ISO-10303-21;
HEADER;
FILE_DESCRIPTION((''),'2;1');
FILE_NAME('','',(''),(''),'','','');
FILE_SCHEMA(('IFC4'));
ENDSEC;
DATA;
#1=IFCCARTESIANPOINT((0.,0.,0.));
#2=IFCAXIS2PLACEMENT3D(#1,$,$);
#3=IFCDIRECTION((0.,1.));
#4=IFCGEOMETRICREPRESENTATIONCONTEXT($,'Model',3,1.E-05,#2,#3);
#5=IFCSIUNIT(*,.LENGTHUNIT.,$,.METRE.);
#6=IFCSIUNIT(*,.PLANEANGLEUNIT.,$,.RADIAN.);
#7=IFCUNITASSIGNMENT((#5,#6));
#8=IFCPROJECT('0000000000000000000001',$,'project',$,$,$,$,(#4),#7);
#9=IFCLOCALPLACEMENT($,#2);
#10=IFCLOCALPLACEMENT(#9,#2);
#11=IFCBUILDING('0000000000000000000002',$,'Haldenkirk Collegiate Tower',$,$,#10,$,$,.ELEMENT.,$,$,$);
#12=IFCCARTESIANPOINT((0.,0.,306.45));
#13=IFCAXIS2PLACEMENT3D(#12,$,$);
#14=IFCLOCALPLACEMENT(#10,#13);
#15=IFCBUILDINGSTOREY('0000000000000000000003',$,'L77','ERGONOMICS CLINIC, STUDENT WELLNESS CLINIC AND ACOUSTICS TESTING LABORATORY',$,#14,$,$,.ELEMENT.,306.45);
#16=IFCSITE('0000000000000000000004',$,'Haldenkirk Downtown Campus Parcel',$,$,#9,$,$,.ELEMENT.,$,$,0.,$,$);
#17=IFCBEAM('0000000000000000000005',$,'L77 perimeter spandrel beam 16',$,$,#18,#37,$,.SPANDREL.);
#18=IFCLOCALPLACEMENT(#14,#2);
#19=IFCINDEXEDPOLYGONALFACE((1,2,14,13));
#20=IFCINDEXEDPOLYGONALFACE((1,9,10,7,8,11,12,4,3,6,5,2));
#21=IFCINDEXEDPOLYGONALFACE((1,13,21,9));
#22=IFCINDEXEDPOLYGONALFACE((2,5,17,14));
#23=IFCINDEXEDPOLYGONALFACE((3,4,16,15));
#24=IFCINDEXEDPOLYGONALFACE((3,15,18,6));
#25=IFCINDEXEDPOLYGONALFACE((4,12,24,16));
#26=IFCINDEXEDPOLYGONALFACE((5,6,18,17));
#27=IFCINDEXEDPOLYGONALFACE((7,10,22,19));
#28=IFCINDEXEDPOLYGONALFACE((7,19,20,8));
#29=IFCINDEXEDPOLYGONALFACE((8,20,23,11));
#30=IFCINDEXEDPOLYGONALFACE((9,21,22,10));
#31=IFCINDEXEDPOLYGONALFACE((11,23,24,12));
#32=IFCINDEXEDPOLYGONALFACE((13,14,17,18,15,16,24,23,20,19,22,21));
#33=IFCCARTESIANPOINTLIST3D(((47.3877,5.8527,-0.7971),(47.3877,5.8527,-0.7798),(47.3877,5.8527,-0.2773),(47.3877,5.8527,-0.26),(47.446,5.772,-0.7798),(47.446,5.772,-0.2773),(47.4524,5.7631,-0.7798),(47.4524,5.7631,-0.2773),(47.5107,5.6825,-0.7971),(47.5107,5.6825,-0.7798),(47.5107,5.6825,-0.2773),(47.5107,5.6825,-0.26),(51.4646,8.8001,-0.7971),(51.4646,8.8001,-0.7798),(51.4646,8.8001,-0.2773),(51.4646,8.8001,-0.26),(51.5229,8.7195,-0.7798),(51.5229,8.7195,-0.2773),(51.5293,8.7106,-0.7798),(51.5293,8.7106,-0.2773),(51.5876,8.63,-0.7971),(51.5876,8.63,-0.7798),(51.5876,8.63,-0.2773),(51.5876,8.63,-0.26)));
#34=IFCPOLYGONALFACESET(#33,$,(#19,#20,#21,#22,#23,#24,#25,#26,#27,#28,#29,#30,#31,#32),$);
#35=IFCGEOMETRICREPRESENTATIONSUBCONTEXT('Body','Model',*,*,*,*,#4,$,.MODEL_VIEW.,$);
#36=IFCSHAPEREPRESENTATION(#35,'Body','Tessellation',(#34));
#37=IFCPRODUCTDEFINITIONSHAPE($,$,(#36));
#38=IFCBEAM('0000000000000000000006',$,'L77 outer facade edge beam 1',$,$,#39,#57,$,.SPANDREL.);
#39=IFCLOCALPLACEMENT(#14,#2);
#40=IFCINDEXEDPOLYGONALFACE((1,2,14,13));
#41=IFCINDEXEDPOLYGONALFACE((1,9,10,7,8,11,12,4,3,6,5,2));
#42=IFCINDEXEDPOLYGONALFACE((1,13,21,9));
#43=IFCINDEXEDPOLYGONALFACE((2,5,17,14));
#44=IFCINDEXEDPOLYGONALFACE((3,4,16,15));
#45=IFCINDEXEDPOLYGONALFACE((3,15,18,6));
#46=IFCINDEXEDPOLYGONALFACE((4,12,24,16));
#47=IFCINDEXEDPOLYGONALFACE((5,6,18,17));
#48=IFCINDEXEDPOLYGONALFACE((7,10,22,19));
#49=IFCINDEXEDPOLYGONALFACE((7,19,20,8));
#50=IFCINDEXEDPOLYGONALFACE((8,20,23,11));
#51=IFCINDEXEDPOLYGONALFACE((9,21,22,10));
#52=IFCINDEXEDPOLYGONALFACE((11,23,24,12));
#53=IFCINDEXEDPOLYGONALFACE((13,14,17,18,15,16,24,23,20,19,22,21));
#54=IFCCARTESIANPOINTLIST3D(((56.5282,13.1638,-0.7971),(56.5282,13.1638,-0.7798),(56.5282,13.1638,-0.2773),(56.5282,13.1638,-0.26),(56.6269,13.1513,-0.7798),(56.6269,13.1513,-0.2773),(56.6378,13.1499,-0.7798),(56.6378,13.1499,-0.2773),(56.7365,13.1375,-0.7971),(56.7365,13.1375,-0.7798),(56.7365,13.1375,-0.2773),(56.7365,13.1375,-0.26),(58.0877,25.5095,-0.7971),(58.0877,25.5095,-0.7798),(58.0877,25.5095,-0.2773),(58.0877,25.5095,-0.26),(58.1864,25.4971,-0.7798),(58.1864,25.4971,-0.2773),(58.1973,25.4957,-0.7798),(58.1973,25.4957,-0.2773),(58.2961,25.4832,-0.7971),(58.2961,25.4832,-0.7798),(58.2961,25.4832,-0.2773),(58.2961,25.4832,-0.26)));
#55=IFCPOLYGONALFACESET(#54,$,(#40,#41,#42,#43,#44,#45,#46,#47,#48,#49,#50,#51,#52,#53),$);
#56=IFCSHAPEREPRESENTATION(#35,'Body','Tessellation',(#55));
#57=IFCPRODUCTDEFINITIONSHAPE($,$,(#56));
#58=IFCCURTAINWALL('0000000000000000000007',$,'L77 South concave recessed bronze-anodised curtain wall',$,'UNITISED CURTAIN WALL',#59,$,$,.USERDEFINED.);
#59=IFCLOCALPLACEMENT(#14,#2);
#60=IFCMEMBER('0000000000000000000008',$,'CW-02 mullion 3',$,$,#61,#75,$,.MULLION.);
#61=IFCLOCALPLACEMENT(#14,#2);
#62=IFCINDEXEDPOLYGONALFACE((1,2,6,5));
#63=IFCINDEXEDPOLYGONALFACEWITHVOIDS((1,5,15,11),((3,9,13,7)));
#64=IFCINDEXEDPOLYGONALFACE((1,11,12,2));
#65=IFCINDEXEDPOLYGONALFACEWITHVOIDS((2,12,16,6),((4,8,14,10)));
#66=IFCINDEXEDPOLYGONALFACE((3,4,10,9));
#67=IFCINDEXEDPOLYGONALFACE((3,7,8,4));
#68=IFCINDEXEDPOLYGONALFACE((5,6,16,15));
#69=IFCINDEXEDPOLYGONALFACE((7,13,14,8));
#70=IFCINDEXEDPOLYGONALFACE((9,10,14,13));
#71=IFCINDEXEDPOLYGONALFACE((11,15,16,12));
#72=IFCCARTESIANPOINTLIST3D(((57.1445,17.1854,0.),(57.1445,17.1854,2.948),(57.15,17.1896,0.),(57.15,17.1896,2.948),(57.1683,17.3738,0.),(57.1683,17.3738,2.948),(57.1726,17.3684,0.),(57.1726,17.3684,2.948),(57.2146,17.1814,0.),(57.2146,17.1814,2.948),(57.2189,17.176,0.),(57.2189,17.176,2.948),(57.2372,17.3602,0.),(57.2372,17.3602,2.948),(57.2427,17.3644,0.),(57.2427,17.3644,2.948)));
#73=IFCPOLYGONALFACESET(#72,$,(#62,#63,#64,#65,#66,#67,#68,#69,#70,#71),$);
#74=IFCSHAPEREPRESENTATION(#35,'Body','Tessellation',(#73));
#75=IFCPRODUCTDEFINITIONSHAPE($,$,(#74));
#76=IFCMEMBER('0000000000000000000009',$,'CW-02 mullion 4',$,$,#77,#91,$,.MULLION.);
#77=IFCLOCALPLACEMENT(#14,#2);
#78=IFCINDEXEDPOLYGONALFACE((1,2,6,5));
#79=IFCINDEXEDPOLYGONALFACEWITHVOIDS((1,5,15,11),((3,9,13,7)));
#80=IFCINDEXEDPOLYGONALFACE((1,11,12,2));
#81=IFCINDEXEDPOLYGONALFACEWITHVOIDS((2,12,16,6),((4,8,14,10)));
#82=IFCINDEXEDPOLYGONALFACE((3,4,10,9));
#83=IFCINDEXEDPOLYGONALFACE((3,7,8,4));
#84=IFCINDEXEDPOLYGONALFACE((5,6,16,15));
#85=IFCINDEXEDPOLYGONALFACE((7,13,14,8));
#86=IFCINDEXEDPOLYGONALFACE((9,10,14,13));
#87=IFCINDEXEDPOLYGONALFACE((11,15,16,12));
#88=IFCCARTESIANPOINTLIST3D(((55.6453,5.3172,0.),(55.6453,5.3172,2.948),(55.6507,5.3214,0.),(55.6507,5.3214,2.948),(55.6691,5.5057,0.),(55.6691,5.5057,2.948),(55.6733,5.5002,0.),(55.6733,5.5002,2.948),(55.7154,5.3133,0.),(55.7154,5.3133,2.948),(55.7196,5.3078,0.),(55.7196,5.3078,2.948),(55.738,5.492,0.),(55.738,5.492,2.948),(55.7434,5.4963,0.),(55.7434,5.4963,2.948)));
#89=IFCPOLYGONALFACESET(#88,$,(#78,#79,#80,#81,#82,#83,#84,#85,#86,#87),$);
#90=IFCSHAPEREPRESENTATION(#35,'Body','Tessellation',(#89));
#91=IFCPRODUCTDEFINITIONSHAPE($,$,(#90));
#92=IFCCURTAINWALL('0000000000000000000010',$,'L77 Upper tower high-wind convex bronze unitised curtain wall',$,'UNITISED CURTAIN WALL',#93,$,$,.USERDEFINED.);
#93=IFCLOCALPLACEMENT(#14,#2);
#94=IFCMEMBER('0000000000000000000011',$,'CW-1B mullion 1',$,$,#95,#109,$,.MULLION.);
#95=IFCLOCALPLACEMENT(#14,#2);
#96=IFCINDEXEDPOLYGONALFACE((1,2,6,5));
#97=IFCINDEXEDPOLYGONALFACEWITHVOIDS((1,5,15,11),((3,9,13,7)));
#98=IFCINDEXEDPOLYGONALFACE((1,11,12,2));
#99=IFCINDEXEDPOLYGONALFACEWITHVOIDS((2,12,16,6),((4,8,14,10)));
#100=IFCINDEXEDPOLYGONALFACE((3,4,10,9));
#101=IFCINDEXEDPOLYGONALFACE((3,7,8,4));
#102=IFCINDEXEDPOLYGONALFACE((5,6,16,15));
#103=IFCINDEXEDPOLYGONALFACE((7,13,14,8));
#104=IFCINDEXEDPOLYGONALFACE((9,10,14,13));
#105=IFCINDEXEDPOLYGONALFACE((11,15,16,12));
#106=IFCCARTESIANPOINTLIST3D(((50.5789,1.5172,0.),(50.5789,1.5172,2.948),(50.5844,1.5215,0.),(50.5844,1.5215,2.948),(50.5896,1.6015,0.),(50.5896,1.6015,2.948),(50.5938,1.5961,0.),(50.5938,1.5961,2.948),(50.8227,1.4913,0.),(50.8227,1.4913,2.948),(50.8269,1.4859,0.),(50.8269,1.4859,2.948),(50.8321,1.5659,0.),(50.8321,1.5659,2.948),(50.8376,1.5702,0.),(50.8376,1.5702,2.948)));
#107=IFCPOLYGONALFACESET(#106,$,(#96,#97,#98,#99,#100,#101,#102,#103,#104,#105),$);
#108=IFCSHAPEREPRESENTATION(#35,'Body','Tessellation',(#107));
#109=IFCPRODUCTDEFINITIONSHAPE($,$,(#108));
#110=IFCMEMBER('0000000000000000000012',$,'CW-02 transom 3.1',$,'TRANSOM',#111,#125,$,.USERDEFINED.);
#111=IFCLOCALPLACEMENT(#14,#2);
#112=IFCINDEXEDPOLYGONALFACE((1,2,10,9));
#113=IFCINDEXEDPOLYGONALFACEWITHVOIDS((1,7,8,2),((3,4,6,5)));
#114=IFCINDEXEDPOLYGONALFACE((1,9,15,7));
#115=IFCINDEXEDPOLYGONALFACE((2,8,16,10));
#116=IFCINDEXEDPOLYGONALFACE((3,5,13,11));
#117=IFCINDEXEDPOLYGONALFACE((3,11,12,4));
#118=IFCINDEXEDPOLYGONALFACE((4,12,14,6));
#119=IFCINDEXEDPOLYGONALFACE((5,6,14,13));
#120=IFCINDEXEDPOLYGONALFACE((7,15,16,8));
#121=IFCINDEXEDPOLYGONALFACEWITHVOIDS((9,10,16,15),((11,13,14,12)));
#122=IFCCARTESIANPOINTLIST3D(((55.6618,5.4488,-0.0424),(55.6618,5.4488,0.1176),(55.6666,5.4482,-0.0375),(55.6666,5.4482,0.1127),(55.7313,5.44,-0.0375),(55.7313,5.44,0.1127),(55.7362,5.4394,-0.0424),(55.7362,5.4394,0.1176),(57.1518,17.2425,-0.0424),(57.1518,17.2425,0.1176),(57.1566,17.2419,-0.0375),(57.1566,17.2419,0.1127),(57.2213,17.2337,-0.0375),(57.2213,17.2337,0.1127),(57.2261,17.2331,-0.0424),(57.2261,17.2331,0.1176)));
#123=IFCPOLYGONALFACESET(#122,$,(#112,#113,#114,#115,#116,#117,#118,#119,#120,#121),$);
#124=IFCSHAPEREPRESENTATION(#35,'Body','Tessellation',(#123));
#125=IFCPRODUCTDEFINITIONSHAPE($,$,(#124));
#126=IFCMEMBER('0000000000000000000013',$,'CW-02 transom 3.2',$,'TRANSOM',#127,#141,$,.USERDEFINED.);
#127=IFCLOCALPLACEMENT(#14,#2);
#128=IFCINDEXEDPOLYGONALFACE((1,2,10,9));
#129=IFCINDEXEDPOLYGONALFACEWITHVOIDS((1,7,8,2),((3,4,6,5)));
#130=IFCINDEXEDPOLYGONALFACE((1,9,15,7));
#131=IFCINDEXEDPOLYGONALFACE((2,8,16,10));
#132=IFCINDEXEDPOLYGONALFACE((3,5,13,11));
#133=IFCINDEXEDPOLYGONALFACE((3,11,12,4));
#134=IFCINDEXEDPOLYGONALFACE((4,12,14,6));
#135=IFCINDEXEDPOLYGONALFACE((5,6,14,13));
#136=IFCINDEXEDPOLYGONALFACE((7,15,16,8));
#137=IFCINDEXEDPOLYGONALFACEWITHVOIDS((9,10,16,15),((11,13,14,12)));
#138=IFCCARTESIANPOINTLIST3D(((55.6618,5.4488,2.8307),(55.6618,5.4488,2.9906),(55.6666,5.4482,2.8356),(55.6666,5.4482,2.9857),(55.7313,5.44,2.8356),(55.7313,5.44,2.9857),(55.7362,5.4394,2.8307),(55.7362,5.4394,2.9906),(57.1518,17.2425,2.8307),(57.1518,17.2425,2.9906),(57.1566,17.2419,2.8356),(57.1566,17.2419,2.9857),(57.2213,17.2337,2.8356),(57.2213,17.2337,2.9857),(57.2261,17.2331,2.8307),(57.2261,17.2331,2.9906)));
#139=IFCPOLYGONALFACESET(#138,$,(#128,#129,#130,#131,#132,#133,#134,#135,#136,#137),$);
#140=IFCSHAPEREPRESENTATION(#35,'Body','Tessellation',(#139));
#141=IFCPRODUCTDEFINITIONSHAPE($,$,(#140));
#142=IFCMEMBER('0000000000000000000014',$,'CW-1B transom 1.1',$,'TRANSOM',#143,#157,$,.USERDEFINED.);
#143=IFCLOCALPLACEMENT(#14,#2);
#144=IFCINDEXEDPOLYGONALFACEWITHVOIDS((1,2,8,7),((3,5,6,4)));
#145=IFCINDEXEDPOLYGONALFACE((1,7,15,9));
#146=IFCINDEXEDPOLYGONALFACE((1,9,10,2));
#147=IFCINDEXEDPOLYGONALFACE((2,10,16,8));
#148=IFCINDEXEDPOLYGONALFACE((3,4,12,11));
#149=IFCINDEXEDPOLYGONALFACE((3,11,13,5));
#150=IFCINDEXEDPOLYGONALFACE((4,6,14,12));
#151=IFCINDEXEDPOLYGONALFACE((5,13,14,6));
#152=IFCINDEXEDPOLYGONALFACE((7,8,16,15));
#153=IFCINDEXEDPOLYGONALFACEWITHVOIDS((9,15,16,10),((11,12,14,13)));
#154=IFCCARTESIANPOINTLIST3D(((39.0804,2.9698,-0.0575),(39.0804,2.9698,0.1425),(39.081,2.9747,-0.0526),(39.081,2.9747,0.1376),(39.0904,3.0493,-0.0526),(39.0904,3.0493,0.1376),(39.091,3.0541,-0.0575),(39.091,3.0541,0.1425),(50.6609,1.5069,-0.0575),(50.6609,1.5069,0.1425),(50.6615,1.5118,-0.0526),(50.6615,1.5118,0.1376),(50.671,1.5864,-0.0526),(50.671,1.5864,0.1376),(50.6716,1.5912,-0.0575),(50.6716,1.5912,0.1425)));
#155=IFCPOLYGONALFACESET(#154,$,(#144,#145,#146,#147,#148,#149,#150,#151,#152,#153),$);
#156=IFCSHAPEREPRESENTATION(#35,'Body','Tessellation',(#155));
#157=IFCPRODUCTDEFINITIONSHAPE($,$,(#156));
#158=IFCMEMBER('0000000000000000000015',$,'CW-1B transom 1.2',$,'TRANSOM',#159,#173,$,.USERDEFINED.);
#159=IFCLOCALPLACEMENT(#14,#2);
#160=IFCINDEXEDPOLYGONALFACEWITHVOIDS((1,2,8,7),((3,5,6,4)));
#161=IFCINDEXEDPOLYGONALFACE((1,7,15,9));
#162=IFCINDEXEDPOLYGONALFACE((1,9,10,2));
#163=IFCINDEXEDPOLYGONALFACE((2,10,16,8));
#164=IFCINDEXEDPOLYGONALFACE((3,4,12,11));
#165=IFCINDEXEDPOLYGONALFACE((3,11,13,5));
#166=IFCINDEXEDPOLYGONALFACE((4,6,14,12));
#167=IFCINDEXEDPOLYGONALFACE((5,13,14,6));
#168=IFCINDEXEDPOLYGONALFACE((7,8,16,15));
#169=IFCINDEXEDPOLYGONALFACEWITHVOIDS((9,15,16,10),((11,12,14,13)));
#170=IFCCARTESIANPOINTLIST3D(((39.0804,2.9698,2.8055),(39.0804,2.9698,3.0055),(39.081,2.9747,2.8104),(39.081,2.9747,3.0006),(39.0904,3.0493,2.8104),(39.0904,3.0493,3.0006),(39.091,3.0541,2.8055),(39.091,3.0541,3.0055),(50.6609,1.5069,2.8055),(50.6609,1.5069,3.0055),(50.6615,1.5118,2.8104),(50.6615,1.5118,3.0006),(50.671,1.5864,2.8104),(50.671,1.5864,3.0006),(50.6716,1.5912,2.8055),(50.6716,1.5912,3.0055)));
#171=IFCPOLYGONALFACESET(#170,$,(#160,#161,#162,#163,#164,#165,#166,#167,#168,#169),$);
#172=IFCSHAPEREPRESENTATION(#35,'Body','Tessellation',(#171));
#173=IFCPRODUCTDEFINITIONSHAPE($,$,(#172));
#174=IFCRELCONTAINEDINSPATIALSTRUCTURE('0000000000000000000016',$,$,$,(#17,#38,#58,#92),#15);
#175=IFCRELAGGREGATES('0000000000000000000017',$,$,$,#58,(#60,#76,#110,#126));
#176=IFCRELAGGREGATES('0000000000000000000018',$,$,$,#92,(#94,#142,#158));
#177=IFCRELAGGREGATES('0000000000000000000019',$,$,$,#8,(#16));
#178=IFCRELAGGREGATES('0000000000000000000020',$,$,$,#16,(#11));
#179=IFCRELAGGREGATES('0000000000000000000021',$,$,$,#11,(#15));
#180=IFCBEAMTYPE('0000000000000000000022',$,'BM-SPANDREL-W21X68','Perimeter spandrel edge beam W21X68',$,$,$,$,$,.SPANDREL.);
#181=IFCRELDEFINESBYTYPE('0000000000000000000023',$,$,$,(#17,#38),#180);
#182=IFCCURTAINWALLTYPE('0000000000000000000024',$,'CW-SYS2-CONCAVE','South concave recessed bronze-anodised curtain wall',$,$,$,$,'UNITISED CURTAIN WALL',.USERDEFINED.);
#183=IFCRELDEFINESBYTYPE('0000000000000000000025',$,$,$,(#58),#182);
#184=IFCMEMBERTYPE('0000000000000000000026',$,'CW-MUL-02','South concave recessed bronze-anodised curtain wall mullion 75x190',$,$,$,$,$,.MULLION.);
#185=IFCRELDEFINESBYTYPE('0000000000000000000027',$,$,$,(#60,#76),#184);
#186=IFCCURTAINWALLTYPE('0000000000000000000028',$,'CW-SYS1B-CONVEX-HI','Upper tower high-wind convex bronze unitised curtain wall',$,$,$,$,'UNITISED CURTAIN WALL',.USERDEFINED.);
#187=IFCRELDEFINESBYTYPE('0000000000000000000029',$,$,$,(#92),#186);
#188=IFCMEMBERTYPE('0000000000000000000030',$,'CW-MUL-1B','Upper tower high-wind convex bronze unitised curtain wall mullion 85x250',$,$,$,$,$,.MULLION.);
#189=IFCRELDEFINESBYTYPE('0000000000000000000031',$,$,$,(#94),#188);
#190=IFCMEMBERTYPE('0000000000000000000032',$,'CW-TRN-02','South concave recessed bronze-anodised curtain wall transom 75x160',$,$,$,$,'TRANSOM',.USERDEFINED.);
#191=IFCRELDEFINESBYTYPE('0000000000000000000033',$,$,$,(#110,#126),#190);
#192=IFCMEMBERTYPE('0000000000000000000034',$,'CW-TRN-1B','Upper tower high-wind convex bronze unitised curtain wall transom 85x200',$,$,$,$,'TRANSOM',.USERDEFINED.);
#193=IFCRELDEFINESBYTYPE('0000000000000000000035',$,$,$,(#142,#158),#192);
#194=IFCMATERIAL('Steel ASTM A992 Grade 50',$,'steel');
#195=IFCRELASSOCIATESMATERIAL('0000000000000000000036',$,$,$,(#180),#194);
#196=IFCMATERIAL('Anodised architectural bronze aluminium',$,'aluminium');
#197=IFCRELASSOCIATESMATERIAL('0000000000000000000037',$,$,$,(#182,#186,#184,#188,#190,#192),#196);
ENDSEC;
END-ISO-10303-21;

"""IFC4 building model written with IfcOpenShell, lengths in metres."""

from ifc_helpers import new_model, si_unit, direction, frame, origin, origin_2d, place, context, subcontext, project, spatial, hollow_rectangle, i_section, extrude, material, material_profile, profile_set, type_object, element, aggregate, save


model = new_model("IFC4")

# Units and contexts
model_context = context("Model", 3, precision=1e-05, world=origin(), true_north=direction((0.0, 1.0)))
body_context = subcontext(model_context, "Body", "Model", "MODEL_VIEW")
ifc_project = project(units=[si_unit("LENGTHUNIT", "METRE"), si_unit("PLANEANGLEUNIT", "RADIAN")], contexts=[model_context])

# Site, building, storey
site_placement = place(None, origin())
site = spatial("IfcSite", under=ifc_project, at=site_placement, Name="Haldenkirk Downtown Campus Parcel", CompositionType="ELEMENT", RefElevation=0.0)
building_placement = place(site_placement, origin())
building = spatial("IfcBuilding", under=site, at=building_placement, Name="Haldenkirk Collegiate Tower", CompositionType="ELEMENT")
storey_placement = place(building_placement, frame((0.0, 0.0, 306.45)))
storey = spatial("IfcBuildingStorey", under=building, at=storey_placement, Name="L77", Description="ERGONOMICS CLINIC, STUDENT WELLNESS CLINIC AND ACOUSTICS TESTING LABORATORY", CompositionType="ELEMENT", Elevation=306.45)

# Beams
ifc_material_1 = material(Name="Steel ASTM A992 Grade 50", Category="steel")
ifc_material_profile_1 = material_profile(ifc_material_1, i_section(OverallWidth=0.21, OverallDepth=0.5371, WebThickness=0.011, FlangeThickness=0.0173, at=origin_2d()), Name="W21X68")
ifc_profile_set_1 = profile_set([ifc_material_profile_1], Name="Steel ASTM A992 Grade 50")
beam_type_1 = type_object("IfcBeamType", Name="BM-SPANDREL-W21X68", Description="Perimeter spandrel edge beam W21X68", PredefinedType="SPANDREL", material=ifc_profile_set_1)
beam_1_placement = place(storey_placement, frame((47.4492, 5.7676, -0.5286), z_axis=(0.810389, 0.585893, 0.0), x_axis=(-0.585893, 0.810389, 0.0)))
element("IfcBeam", 1, at=beam_1_placement, inside=storey, type_object=beam_type_1, Name="L77 perimeter spandrel beam 16", PredefinedType="SPANDREL", context=body_context, shape_type="SweptSolid", body=[
    extrude(i_section(OverallWidth=0.21, OverallDepth=0.5371, WebThickness=0.011, FlangeThickness=0.0173, at=origin_2d()), origin(), (0.0, 0.0, 1.0), 5.0308),
])
beam_2_placement = place(storey_placement, frame((56.6323, 13.1506, -0.5286), z_axis=(0.125329, 0.992115, 0.0), x_axis=(-0.992115, 0.125329, 0.0)))
element("IfcBeam", 2, at=beam_2_placement, inside=storey, type_object=beam_type_1, Name="L77 outer facade edge beam 1", PredefinedType="SPANDREL", context=body_context, shape_type="SweptSolid", body=[
    extrude(i_section(OverallWidth=0.21, OverallDepth=0.5371, WebThickness=0.011, FlangeThickness=0.0173, at=origin_2d()), origin(), (0.0, 0.0, 1.0), 12.4438),
])

# Curtain wall, members
ifc_material_2 = material(Name="Anodised architectural bronze aluminium", Category="aluminium")
curtain_wall_type_1 = type_object("IfcCurtainWallType", Name="CW-SYS2-CONCAVE", Description="South concave recessed bronze-anodised curtain wall", ElementType="UNITISED CURTAIN WALL", PredefinedType="USERDEFINED", material=ifc_material_2)
curtain_wall_1_placement = place(storey_placement, origin())
curtain_wall_1 = element("IfcCurtainWall", 3, at=curtain_wall_1_placement, inside=storey, type_object=curtain_wall_type_1, Name="L77 South concave recessed bronze-anodised curtain wall", ObjectType="UNITISED CURTAIN WALL", PredefinedType="USERDEFINED")
ifc_material_profile_2 = material_profile(ifc_material_2, hollow_rectangle(XDim=0.075, YDim=0.1899, WallThickness=0.0049, at=origin_2d()), Name="CW-MUL-02")
ifc_profile_set_2 = profile_set([ifc_material_profile_2], Name="Anodised architectural bronze aluminium")
member_type_1 = type_object("IfcMemberType", Name="CW-MUL-02", Description="South concave recessed bronze-anodised curtain wall mullion 75x190", PredefinedType="MULLION", material=ifc_profile_set_2)
member_1_placement = place(storey_placement, frame((57.1936, 17.2749, 0.0), z_axis=(0.0, 0.0, 1.0), x_axis=(0.992115, -0.125333, 0.0)))
member_1 = element("IfcMember", 4, at=member_1_placement, type_object=member_type_1, Name="CW-02 mullion 3", PredefinedType="MULLION", context=body_context, shape_type="SweptSolid", body=[
    extrude(hollow_rectangle(XDim=0.075, YDim=0.1899, WallThickness=0.0049, at=origin_2d()), origin(), (0.0, 0.0, 1.0), 2.948),
])
member_2_placement = place(storey_placement, frame((55.6943, 5.4067, 0.0), z_axis=(0.0, 0.0, 1.0), x_axis=(0.992115, -0.125333, 0.0)))
member_2 = element("IfcMember", 5, at=member_2_placement, type_object=member_type_1, Name="CW-02 mullion 4", PredefinedType="MULLION", context=body_context, shape_type="SweptSolid", body=[
    extrude(hollow_rectangle(XDim=0.075, YDim=0.1899, WallThickness=0.0049, at=origin_2d()), origin(), (0.0, 0.0, 1.0), 2.948),
])

# Curtain wall, member
curtain_wall_type_2 = type_object("IfcCurtainWallType", Name="CW-SYS1B-CONVEX-HI", Description="Upper tower high-wind convex bronze unitised curtain wall", ElementType="UNITISED CURTAIN WALL", PredefinedType="USERDEFINED", material=ifc_material_2)
curtain_wall_2_placement = place(storey_placement, origin())
curtain_wall_2 = element("IfcCurtainWall", 6, at=curtain_wall_2_placement, inside=storey, type_object=curtain_wall_type_2, Name="L77 Upper tower high-wind convex bronze unitised curtain wall", ObjectType="UNITISED CURTAIN WALL", PredefinedType="USERDEFINED")
ifc_material_profile_3 = material_profile(ifc_material_2, hollow_rectangle(XDim=0.085, YDim=0.25, WallThickness=0.0049, at=origin_2d()), Name="CW-MUL-1B")
ifc_profile_set_3 = profile_set([ifc_material_profile_3], Name="Anodised architectural bronze aluminium")
member_type_2 = type_object("IfcMemberType", Name="CW-MUL-1B", Description="Upper tower high-wind convex bronze unitised curtain wall mullion 85x250", PredefinedType="MULLION", material=ifc_profile_set_3)
member_3_placement = place(storey_placement, frame((50.7083, 1.5437, 0.0), z_axis=(0.0, 0.0, 1.0), x_axis=(-0.125333, -0.992115, 0.0)))
member_3 = element("IfcMember", 7, at=member_3_placement, type_object=member_type_2, Name="CW-1B mullion 1", PredefinedType="MULLION", context=body_context, shape_type="SweptSolid", body=[
    extrude(hollow_rectangle(XDim=0.085, YDim=0.25, WallThickness=0.0049, at=origin_2d()), origin(), (0.0, 0.0, 1.0), 2.948),
])

# Members
ifc_material_profile_4 = material_profile(ifc_material_2, hollow_rectangle(XDim=0.075, YDim=0.1599, WallThickness=0.0049, at=origin_2d()), Name="CW-TRN-02")
ifc_profile_set_4 = profile_set([ifc_material_profile_4], Name="Anodised architectural bronze aluminium")
member_type_3 = type_object("IfcMemberType", Name="CW-TRN-02", Description="South concave recessed bronze-anodised curtain wall transom 75x160", ElementType="TRANSOM", PredefinedType="USERDEFINED", material=ifc_profile_set_4)
member_4_placement = place(storey_placement, frame((57.189, 17.2378, 0.0376), z_axis=(-0.125341, -0.992114, 0.0), x_axis=(0.992114, -0.125341, 0.0)))
member_4 = element("IfcMember", 8, at=member_4_placement, type_object=member_type_3, Name="CW-02 transom 3.1", ObjectType="TRANSOM", PredefinedType="USERDEFINED", context=body_context, shape_type="SweptSolid", body=[
    extrude(hollow_rectangle(XDim=0.075, YDim=0.1599, WallThickness=0.0049, at=origin_2d()), origin(), (0.0, 0.0, 1.0), 11.8875),
])
member_5_placement = place(storey_placement, frame((57.189, 17.2378, 2.9106), z_axis=(-0.125341, -0.992114, 0.0), x_axis=(0.992114, -0.125341, 0.0)))
member_5 = element("IfcMember", 9, at=member_5_placement, type_object=member_type_3, Name="CW-02 transom 3.2", ObjectType="TRANSOM", PredefinedType="USERDEFINED", context=body_context, shape_type="SweptSolid", body=[
    extrude(hollow_rectangle(XDim=0.075, YDim=0.1599, WallThickness=0.0049, at=origin_2d()), origin(), (0.0, 0.0, 1.0), 11.8875),
])
ifc_material_profile_5 = material_profile(ifc_material_2, hollow_rectangle(XDim=0.085, YDim=0.2, WallThickness=0.0049, at=origin_2d()), Name="CW-TRN-1B")
ifc_profile_set_5 = profile_set([ifc_material_profile_5], Name="Anodised architectural bronze aluminium")
member_type_4 = type_object("IfcMemberType", Name="CW-TRN-1B", Description="Upper tower high-wind convex bronze unitised curtain wall transom 85x200", ElementType="TRANSOM", PredefinedType="USERDEFINED", material=ifc_profile_set_5)
member_6_placement = place(storey_placement, frame((50.6663, 1.5491, 0.0425), z_axis=(-0.992116, 0.125327, 0.0), x_axis=(-0.125327, -0.992116, 0.0)))
member_6 = element("IfcMember", 10, at=member_6_placement, type_object=member_type_4, Name="CW-1B transom 1.1", ObjectType="TRANSOM", PredefinedType="USERDEFINED", context=body_context, shape_type="SweptSolid", body=[
    extrude(hollow_rectangle(XDim=0.085, YDim=0.2, WallThickness=0.0049, at=origin_2d()), origin(), (0.0, 0.0, 1.0), 11.6726),
])
member_7_placement = place(storey_placement, frame((50.6663, 1.5491, 2.9055), z_axis=(-0.992116, 0.125327, 0.0), x_axis=(-0.125327, -0.992116, 0.0)))
member_7 = element("IfcMember", 11, at=member_7_placement, type_object=member_type_4, Name="CW-1B transom 1.2", ObjectType="TRANSOM", PredefinedType="USERDEFINED", context=body_context, shape_type="SweptSolid", body=[
    extrude(hollow_rectangle(XDim=0.085, YDim=0.2, WallThickness=0.0049, at=origin_2d()), origin(), (0.0, 0.0, 1.0), 11.6726),
])

aggregate(curtain_wall_1, [member_1, member_2, member_4, member_5])
aggregate(curtain_wall_2, [member_3, member_6, member_7])

save(model, "model.ifc")
